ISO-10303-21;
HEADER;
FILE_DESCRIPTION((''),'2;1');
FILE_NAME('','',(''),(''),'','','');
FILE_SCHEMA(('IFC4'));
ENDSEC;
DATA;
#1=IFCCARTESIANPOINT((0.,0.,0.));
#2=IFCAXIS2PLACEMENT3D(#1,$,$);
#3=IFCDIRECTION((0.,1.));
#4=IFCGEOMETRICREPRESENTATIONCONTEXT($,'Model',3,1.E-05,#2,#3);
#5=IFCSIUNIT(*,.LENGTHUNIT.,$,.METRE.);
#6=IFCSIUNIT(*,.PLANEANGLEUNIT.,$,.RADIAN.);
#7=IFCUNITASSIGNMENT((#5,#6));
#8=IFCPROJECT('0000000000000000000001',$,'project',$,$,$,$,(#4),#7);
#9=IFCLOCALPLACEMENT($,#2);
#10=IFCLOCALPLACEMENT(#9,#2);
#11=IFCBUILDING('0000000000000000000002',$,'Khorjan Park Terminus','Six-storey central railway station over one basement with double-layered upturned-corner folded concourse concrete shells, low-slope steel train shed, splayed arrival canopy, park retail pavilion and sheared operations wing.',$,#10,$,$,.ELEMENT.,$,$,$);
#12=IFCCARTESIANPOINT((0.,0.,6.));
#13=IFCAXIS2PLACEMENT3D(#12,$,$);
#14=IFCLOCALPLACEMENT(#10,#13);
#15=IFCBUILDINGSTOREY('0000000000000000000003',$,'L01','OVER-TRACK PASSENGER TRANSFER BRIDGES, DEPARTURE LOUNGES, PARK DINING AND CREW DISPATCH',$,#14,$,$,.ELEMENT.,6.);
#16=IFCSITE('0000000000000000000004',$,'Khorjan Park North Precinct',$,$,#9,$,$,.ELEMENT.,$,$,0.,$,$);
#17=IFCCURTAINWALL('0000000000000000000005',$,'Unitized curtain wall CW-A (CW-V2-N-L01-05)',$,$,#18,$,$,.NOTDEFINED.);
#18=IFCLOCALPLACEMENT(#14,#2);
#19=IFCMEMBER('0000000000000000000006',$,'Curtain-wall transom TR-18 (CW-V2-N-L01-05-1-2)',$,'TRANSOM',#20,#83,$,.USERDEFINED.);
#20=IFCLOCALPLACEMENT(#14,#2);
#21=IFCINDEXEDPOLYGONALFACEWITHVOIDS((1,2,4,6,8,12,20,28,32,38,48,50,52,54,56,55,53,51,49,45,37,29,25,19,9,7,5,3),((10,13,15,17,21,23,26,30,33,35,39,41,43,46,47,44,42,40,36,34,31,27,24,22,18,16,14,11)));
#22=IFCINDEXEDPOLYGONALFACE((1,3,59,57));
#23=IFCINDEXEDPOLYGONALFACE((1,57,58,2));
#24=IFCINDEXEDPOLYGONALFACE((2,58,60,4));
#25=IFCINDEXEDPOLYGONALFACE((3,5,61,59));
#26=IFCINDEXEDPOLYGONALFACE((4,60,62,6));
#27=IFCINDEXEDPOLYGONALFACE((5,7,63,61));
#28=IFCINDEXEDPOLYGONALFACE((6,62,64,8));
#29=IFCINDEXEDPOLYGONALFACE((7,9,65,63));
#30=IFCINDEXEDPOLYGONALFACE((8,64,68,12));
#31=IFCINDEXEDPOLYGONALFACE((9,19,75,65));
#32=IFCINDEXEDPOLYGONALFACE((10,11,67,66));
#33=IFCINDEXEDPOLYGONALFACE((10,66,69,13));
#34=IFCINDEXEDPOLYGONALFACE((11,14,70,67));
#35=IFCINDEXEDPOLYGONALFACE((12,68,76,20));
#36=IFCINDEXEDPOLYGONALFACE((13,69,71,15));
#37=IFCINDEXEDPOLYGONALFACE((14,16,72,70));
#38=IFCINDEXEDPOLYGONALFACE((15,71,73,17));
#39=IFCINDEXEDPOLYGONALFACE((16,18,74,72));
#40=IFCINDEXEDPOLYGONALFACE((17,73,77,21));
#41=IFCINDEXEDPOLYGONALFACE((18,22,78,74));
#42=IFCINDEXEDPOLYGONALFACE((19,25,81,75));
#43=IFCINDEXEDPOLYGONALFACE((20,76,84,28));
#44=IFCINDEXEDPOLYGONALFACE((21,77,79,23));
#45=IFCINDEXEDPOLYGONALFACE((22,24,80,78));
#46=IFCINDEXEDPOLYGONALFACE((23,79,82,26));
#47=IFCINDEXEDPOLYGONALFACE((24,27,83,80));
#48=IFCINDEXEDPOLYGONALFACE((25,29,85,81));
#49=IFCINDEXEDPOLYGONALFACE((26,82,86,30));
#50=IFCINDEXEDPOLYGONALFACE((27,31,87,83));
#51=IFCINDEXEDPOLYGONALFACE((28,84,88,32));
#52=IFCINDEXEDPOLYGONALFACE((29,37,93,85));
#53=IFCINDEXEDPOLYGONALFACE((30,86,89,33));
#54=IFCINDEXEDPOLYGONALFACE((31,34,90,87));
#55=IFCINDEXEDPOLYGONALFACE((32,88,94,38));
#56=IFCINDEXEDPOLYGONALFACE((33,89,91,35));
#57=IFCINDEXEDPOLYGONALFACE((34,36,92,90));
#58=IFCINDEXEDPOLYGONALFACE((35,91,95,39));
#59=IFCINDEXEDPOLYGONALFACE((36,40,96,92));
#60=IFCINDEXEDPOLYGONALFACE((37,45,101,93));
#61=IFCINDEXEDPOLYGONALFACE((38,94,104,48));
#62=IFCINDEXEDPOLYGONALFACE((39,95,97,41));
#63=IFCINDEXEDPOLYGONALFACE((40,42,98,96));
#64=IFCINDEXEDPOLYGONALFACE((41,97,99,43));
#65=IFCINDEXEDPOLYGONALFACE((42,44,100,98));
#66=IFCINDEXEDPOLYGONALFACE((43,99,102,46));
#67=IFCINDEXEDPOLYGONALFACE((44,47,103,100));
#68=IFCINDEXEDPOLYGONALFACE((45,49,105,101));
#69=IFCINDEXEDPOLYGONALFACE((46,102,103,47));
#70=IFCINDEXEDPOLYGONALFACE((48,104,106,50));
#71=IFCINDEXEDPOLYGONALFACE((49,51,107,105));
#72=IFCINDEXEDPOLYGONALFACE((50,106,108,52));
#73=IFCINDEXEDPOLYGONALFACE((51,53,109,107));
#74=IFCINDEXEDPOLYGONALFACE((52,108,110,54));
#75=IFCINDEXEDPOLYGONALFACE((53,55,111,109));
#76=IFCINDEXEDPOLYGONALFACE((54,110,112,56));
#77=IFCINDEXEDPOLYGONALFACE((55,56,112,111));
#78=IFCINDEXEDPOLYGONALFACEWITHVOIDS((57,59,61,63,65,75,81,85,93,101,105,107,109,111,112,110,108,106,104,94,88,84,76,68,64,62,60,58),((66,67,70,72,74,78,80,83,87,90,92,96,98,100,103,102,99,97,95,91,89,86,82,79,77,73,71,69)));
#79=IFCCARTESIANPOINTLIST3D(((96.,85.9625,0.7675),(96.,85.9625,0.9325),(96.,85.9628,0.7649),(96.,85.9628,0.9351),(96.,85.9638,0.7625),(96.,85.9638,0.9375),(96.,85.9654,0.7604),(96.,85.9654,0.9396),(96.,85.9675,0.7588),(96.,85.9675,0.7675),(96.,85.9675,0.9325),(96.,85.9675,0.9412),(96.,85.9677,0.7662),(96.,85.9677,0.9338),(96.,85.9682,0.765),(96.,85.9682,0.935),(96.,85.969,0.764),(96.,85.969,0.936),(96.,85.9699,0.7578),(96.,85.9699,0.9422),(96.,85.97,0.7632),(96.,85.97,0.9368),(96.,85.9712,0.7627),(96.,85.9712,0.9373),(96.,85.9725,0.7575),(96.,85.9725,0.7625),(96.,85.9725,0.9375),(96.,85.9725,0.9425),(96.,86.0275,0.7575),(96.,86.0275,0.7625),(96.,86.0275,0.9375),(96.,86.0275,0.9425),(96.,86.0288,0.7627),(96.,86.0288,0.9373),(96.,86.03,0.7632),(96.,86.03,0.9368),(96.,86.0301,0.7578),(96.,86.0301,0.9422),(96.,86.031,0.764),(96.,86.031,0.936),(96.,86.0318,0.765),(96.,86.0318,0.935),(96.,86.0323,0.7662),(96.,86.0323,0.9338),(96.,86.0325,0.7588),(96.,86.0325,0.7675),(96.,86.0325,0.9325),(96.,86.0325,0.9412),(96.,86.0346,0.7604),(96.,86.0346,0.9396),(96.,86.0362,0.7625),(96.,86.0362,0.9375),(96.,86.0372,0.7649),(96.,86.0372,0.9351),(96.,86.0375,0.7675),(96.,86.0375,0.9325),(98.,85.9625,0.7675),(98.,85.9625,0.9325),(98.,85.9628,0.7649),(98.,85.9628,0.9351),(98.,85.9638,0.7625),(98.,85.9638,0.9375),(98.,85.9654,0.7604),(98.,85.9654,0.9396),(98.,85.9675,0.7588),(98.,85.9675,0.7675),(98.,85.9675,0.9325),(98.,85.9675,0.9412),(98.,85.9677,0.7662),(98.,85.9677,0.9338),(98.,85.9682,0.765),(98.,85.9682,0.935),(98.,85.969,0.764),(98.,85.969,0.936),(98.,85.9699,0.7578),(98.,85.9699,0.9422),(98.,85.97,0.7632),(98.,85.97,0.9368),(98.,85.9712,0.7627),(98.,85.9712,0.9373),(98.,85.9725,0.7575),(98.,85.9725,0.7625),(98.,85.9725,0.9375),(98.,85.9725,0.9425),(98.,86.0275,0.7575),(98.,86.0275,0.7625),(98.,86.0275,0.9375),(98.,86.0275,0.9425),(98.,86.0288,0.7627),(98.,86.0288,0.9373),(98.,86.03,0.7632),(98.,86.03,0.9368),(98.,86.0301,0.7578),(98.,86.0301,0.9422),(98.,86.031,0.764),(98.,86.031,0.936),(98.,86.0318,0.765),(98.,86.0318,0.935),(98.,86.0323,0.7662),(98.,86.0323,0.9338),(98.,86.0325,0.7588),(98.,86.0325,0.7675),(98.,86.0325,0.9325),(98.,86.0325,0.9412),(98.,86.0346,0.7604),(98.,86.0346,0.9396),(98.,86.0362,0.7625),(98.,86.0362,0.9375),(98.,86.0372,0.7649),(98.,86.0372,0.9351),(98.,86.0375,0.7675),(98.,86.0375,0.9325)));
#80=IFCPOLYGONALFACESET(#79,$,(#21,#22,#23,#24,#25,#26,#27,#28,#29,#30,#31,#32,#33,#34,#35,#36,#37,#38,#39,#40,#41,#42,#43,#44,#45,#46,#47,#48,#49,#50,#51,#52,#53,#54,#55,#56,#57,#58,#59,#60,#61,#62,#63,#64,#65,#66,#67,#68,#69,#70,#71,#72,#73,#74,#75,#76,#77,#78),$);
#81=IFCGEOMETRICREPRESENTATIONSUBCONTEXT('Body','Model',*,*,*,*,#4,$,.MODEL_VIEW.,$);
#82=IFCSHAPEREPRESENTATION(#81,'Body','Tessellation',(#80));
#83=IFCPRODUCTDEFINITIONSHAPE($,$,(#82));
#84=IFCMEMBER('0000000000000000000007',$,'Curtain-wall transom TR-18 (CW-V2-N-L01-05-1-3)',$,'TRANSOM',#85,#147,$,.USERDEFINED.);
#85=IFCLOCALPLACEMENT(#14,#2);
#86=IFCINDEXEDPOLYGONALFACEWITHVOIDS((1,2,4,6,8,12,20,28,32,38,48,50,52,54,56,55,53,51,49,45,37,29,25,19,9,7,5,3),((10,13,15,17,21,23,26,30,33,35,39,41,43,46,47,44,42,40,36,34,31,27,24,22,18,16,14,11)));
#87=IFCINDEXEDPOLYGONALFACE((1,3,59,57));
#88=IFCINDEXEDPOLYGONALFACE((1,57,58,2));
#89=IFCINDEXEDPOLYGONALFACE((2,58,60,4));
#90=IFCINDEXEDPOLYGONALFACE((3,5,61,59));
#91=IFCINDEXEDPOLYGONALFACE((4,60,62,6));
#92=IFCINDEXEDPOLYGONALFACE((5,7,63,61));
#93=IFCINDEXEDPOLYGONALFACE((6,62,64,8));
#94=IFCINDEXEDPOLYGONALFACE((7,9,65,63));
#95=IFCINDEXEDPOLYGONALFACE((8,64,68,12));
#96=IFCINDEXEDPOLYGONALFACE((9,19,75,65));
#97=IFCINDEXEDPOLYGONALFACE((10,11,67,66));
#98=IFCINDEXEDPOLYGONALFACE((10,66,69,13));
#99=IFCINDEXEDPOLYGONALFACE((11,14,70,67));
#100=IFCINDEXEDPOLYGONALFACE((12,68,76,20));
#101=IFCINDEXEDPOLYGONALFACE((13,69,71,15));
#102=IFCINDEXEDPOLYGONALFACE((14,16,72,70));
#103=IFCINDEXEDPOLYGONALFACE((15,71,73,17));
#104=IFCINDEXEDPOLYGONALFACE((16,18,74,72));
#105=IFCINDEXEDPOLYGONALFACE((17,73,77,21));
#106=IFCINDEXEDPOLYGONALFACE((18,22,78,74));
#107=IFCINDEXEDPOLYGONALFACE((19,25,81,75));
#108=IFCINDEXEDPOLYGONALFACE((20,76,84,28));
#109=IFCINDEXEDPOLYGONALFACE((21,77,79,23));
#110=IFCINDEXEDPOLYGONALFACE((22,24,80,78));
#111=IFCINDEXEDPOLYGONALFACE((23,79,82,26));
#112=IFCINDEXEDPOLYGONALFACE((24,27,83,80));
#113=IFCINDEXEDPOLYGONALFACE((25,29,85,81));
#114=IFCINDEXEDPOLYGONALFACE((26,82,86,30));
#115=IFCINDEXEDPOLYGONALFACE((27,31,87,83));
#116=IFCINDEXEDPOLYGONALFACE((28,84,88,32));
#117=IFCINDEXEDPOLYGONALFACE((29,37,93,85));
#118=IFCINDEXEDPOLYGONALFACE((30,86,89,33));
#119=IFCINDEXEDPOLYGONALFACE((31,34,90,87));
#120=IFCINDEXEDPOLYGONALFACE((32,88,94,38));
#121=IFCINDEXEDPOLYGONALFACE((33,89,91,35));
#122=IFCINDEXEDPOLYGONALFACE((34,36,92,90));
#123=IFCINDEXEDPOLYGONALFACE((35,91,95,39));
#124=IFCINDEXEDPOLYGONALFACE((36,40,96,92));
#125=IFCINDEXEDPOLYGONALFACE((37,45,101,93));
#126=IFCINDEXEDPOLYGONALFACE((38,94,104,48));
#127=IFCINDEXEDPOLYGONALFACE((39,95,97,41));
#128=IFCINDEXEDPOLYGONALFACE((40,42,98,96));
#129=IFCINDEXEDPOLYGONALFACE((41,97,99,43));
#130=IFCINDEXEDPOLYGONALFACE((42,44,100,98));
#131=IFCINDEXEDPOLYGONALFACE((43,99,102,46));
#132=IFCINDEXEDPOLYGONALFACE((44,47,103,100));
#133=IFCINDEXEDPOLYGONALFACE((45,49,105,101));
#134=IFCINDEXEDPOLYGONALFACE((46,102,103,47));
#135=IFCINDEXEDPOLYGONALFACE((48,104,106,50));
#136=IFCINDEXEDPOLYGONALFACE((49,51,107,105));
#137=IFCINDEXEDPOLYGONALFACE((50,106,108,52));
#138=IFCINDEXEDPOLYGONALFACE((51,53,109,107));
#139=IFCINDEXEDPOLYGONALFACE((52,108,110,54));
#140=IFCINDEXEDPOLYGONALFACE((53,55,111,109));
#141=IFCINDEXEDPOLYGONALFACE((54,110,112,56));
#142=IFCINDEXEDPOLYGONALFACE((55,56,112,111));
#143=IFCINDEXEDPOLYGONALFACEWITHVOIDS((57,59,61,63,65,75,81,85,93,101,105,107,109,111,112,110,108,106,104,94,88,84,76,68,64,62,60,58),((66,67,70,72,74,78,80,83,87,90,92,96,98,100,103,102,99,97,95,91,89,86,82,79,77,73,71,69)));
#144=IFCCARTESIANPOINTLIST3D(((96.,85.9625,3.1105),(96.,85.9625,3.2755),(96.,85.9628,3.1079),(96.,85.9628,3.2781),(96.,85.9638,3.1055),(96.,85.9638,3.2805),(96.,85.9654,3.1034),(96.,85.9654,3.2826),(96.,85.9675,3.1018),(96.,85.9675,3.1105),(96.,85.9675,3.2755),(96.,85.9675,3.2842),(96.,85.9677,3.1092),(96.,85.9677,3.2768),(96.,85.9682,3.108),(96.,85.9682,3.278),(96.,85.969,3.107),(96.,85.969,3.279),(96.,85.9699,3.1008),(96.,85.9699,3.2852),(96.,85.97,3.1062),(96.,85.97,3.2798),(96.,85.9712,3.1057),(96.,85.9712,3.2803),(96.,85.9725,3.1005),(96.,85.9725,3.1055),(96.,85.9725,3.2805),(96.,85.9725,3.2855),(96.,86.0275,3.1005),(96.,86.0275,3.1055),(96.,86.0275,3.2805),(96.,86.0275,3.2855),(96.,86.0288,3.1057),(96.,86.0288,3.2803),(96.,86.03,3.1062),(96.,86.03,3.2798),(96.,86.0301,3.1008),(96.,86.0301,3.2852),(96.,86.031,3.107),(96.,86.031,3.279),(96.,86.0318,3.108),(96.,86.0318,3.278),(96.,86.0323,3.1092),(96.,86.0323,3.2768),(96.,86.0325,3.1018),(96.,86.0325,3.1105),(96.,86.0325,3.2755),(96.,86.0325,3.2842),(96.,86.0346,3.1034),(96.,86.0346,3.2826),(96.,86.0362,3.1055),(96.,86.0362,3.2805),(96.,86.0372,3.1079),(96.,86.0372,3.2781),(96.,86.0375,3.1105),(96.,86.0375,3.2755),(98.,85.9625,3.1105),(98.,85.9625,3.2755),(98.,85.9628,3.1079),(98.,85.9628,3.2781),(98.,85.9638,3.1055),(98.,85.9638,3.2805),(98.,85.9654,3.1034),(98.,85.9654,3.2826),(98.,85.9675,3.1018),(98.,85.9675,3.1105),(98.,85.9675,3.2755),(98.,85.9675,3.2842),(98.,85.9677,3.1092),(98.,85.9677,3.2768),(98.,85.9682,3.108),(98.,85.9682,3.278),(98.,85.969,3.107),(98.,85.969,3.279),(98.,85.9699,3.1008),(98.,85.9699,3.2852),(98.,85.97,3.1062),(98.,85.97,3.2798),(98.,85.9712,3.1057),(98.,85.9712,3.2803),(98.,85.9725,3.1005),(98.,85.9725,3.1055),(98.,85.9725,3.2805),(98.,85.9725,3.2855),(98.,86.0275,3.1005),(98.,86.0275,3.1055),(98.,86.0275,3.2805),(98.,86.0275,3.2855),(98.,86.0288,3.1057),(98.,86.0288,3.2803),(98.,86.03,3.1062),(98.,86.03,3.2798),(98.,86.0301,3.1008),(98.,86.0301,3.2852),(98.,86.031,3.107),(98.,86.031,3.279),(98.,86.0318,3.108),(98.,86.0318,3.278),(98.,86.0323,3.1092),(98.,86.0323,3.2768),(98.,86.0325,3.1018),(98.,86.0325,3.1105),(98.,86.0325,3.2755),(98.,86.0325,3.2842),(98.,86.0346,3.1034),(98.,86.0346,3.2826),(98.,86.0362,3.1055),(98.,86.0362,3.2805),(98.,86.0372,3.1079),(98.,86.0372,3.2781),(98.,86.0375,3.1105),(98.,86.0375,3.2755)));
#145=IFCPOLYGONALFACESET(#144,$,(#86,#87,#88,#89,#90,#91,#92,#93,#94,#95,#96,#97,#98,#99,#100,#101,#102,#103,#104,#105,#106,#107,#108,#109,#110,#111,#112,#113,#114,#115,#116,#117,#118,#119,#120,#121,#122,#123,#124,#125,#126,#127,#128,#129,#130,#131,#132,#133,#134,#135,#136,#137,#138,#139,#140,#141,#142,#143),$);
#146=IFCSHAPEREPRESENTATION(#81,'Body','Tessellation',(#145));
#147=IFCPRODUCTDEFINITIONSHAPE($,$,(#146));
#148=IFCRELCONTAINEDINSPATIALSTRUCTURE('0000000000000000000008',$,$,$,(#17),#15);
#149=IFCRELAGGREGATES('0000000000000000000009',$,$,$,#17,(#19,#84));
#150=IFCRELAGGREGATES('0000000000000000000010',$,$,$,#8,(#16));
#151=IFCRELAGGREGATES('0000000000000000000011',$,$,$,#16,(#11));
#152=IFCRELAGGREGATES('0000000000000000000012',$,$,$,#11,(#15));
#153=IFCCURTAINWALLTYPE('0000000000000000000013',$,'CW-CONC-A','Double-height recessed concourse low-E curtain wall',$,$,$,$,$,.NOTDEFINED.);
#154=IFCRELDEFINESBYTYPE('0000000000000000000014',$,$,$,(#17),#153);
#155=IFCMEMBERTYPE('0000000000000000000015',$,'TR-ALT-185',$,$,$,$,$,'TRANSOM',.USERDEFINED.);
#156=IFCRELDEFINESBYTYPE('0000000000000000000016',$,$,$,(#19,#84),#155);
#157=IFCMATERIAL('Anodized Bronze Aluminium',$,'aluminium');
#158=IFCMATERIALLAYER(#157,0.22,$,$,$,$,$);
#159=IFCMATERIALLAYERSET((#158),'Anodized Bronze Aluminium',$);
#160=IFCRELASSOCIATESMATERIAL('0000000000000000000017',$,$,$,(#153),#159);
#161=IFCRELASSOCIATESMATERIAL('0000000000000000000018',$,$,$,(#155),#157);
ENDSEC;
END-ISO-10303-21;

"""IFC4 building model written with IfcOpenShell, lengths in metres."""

from ifc_helpers import new_model, si_unit, direction, frame, origin, origin_2d, place, context, subcontext, project, spatial, hollow_rectangle, extrude, material, layer, layer_set, material_profile, profile_set, type_object, element, aggregate, save


model = new_model("IFC4")

# Units and contexts
model_context = context("Model", 3, precision=1e-05, world=origin(), true_north=direction((0.0, 1.0)))
body_context = subcontext(model_context, "Body", "Model", "MODEL_VIEW")
ifc_project = project(units=[si_unit("LENGTHUNIT", "METRE"), si_unit("PLANEANGLEUNIT", "RADIAN")], contexts=[model_context])

# Site, building, storey
site_placement = place(None, origin())
site = spatial("IfcSite", under=ifc_project, at=site_placement, Name="Khorjan Park North Precinct", CompositionType="ELEMENT", RefElevation=0.0)
building_placement = place(site_placement, origin())
building = spatial("IfcBuilding", under=site, at=building_placement, Name="Khorjan Park Terminus", Description="Six-storey central railway station over one basement with double-layered upturned-corner folded concourse concrete shells, low-slope steel train shed, splayed arrival canopy, park retail pavilion and sheared operations wing.", CompositionType="ELEMENT")
storey_placement = place(building_placement, frame((0.0, 0.0, 6.0)))
storey = spatial("IfcBuildingStorey", under=building, at=storey_placement, Name="L01", Description="OVER-TRACK PASSENGER TRANSFER BRIDGES, DEPARTURE LOUNGES, PARK DINING AND CREW DISPATCH", CompositionType="ELEMENT", Elevation=6.0)

# Curtain wall
ifc_material_1 = material(Name="Anodized Bronze Aluminium", Category="aluminium")
ifc_layer_1 = layer(ifc_material_1, 0.22)
ifc_layer_set_1 = layer_set([ifc_layer_1], Name="Anodized Bronze Aluminium")
curtain_wall_type = type_object("IfcCurtainWallType", Name="CW-CONC-A", Description="Double-height recessed concourse low-E curtain wall", PredefinedType="NOTDEFINED", material=ifc_layer_set_1)
curtain_wall_1_placement = place(storey_placement, origin())
curtain_wall_1 = element("IfcCurtainWall", 1, at=curtain_wall_1_placement, inside=storey, type_object=curtain_wall_type, Name="Unitized curtain wall CW-A (CW-V2-N-L01-05)", PredefinedType="NOTDEFINED")
ifc_material_profile_1 = material_profile(ifc_material_1, hollow_rectangle(XDim=0.075, YDim=0.185, WallThickness=0.005, InnerFilletRadius=0.005, OuterFilletRadius=0.01, at=origin_2d()), Name="ALT 75x185x5")
ifc_profile_set_1 = profile_set([ifc_material_profile_1], Name="Anodized Bronze Aluminium")
member_type_1 = type_object("IfcMemberType", Name="TR-ALT-185", ElementType="TRANSOM", PredefinedType="USERDEFINED", material=ifc_profile_set_1)

# Members
member_1_placement = place(storey_placement, frame((98.0, 86.0, 0.85), z_axis=(-1.0, 0.0, 0.0), x_axis=(0.0, -1.0, 0.0)))
member_1 = element("IfcMember", 2, at=member_1_placement, type_object=member_type_1, Name="Curtain-wall transom TR-18 (CW-V2-N-L01-05-1-2)", ObjectType="TRANSOM", PredefinedType="USERDEFINED", context=body_context, shape_type="SweptSolid", body=[
    extrude(hollow_rectangle(XDim=0.075, YDim=0.185, WallThickness=0.005, InnerFilletRadius=0.005, OuterFilletRadius=0.01, at=origin_2d()), origin(), (0.0, 0.0, 1.0), 2.0),
])
member_2_placement = place(storey_placement, frame((98.0, 86.0, 3.193), z_axis=(-1.0, 0.0, 0.0), x_axis=(0.0, -1.0, 0.0)))
member_2 = element("IfcMember", 3, at=member_2_placement, type_object=member_type_1, Name="Curtain-wall transom TR-18 (CW-V2-N-L01-05-1-3)", ObjectType="TRANSOM", PredefinedType="USERDEFINED", context=body_context, shape_type="SweptSolid", body=[
    extrude(hollow_rectangle(XDim=0.075, YDim=0.185, WallThickness=0.005, InnerFilletRadius=0.005, OuterFilletRadius=0.01, at=origin_2d()), origin(), (0.0, 0.0, 1.0), 2.0),
])

aggregate(curtain_wall_1, [member_1, member_2])

save(model, "model.ifc")
